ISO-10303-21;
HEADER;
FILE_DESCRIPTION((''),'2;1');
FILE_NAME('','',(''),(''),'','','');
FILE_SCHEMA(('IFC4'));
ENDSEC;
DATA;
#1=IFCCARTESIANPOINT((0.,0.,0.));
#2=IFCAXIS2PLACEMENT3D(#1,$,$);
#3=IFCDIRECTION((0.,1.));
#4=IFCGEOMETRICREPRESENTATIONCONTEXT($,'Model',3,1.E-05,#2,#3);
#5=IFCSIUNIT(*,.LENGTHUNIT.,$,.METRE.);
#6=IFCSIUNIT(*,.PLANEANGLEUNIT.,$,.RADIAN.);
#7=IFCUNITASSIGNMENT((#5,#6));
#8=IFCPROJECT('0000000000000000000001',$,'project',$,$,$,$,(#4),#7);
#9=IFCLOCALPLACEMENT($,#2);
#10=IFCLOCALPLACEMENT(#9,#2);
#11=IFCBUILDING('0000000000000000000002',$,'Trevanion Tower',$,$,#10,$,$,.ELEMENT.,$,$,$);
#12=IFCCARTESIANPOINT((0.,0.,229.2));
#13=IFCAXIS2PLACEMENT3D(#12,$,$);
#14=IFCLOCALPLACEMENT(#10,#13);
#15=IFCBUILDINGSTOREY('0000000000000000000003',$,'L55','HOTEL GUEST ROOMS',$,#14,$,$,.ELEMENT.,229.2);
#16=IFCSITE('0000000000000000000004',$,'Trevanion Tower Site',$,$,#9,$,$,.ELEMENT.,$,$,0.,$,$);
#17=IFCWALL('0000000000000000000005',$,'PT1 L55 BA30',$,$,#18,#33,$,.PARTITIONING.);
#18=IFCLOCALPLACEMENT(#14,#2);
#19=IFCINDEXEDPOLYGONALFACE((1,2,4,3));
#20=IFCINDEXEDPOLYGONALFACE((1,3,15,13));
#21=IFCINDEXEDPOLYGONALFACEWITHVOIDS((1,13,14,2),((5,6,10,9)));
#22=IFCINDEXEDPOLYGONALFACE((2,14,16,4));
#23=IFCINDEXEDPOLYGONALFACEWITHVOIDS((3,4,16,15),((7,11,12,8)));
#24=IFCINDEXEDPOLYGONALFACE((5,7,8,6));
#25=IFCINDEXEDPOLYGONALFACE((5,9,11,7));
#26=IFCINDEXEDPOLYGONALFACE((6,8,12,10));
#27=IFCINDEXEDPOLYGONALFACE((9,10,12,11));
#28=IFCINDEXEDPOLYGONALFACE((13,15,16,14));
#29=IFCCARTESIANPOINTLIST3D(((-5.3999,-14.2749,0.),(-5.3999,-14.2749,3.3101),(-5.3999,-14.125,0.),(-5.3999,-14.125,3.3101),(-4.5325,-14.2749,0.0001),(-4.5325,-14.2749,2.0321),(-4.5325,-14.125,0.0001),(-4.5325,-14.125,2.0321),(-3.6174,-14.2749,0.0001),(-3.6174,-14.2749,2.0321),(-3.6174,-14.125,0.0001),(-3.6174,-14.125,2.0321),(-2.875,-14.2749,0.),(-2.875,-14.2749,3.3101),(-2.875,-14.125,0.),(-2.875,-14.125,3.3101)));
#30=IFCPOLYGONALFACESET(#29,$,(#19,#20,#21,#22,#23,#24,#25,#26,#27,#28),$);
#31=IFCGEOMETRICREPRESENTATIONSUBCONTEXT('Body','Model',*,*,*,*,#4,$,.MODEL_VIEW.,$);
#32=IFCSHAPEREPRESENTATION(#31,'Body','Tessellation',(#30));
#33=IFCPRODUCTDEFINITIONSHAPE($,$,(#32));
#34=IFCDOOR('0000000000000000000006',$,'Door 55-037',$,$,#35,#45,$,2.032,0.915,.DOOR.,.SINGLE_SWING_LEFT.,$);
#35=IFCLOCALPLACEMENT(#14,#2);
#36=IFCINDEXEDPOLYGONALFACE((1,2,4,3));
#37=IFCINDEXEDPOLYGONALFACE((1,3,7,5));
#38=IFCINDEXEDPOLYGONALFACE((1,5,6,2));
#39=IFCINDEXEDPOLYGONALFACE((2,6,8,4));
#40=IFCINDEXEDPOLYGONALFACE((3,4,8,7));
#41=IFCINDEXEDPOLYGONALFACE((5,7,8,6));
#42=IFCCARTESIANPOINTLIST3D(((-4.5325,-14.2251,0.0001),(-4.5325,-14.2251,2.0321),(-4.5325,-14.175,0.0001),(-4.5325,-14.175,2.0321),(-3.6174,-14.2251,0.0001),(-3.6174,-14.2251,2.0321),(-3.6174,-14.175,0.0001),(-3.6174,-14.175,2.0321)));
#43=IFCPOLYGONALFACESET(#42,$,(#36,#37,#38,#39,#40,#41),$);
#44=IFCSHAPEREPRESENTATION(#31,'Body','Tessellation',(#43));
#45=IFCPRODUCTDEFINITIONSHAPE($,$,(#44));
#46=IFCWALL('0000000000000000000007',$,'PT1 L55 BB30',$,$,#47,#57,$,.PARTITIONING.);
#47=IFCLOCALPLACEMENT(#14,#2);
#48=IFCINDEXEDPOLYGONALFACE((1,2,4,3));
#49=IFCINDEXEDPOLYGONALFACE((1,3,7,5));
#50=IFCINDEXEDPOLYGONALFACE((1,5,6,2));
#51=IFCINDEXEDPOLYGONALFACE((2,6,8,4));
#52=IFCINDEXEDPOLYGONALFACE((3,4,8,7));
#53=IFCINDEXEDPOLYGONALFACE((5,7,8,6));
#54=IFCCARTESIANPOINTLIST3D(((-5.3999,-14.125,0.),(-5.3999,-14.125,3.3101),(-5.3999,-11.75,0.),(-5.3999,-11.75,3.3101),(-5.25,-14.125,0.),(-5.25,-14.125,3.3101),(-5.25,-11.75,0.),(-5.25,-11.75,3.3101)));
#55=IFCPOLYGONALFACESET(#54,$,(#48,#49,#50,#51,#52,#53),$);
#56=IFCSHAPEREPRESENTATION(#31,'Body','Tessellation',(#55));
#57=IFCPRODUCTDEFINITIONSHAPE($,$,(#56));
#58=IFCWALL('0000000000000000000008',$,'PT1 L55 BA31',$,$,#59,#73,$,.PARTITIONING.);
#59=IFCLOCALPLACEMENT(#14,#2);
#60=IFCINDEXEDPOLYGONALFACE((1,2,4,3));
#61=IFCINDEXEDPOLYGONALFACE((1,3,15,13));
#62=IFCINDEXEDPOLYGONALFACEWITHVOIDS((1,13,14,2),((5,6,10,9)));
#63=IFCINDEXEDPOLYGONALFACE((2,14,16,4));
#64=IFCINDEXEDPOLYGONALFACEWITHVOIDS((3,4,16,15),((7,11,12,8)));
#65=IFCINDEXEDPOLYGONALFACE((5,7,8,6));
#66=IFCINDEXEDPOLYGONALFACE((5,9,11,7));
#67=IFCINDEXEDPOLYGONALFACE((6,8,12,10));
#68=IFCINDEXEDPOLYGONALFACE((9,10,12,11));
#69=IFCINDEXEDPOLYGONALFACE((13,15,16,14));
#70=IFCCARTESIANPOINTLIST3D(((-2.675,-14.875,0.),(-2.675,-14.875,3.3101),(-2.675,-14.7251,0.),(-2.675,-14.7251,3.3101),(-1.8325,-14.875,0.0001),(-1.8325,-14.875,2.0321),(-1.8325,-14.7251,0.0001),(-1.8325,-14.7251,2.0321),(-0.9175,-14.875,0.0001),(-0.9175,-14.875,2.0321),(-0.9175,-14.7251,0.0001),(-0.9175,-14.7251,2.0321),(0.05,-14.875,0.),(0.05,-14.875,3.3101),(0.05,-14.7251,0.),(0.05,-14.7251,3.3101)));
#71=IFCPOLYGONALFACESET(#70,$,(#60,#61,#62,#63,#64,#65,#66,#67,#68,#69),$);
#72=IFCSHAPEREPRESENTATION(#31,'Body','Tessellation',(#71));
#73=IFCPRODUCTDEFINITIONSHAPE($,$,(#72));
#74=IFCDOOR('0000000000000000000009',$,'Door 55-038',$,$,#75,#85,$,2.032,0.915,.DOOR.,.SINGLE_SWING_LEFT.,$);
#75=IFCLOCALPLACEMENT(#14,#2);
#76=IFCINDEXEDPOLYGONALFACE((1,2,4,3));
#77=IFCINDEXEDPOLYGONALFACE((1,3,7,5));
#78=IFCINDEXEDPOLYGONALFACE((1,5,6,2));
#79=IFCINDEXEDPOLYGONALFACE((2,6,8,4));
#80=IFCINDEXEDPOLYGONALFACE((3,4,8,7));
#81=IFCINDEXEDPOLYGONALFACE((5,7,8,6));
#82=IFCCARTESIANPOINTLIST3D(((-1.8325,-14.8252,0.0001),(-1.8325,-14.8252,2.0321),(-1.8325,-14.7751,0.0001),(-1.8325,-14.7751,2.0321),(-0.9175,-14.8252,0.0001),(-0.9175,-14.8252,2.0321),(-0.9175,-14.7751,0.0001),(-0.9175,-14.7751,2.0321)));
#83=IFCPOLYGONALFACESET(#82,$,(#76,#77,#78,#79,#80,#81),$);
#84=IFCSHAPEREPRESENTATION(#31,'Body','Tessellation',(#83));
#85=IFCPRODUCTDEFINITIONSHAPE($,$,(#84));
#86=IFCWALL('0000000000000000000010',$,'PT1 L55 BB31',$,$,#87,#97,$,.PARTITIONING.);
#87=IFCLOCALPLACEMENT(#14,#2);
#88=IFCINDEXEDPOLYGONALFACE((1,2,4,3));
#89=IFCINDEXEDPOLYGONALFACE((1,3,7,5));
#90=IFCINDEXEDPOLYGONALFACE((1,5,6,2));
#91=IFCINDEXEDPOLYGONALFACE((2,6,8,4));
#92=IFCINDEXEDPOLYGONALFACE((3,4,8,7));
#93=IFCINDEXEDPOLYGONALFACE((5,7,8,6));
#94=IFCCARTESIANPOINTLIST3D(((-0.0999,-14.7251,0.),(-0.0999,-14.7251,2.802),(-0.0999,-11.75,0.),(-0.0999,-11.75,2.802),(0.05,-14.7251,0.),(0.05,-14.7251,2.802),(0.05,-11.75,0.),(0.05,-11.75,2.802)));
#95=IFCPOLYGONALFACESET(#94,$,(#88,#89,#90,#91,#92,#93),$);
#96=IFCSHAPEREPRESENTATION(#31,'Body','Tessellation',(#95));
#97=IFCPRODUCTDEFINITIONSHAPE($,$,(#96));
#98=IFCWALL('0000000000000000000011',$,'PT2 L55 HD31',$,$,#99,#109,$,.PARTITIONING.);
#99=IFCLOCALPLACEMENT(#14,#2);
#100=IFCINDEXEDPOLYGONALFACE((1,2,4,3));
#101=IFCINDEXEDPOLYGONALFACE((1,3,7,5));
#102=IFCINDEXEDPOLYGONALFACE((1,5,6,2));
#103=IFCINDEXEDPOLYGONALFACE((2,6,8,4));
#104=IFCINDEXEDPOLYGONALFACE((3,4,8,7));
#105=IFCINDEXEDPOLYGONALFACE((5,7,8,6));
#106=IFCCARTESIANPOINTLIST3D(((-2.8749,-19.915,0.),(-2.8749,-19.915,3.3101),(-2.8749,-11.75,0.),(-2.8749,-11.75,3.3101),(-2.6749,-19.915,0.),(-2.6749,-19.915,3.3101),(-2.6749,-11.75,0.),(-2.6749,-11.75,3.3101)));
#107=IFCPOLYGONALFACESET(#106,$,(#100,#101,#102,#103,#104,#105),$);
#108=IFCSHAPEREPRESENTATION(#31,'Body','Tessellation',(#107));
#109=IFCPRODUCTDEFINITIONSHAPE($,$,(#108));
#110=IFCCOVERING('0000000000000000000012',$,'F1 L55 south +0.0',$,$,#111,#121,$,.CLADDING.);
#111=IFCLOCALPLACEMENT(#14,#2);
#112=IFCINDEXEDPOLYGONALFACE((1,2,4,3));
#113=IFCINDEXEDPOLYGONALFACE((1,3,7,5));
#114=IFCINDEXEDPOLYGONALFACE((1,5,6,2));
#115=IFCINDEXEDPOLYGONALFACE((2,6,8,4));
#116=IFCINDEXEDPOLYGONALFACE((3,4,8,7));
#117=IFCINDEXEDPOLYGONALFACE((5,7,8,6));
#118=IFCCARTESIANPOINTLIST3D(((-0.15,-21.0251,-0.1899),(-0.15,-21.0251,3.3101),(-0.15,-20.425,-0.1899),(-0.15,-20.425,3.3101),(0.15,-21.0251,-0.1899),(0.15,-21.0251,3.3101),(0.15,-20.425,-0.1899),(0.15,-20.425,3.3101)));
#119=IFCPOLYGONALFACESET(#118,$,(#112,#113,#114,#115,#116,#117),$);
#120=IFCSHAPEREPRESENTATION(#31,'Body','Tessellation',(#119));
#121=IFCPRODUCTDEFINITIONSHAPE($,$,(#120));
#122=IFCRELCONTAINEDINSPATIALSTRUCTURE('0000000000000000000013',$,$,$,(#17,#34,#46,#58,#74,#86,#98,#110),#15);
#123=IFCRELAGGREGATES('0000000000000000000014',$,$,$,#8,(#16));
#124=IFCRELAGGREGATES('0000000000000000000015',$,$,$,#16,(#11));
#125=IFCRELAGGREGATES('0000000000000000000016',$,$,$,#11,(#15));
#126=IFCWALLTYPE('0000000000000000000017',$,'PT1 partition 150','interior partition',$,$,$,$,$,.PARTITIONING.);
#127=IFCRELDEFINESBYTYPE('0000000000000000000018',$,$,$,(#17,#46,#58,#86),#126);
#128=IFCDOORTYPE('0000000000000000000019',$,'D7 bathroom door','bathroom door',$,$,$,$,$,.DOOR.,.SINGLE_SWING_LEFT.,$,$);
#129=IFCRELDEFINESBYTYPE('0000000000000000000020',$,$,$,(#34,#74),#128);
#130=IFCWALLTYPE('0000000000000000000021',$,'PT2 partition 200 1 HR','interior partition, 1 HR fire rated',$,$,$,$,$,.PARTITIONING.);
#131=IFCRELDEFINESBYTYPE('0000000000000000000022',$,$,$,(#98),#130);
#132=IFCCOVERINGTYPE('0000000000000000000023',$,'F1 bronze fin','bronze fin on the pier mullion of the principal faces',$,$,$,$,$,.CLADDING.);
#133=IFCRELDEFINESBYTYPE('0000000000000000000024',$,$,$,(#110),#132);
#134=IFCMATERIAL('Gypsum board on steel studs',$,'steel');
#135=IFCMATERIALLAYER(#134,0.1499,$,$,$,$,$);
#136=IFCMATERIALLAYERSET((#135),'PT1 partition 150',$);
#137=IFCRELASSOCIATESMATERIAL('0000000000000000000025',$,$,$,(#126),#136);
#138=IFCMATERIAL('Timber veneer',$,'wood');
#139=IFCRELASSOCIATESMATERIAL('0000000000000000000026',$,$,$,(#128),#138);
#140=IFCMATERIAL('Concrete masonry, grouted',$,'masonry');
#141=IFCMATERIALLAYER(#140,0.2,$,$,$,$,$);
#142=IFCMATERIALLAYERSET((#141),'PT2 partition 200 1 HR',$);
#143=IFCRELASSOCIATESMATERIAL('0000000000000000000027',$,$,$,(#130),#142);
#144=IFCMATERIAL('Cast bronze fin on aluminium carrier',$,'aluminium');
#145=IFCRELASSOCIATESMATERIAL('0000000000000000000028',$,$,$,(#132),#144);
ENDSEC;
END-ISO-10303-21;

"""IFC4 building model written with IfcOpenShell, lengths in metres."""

from ifc_helpers import new_model, si_unit, direction, frame, frame_2d, origin, origin_2d, place, context, subcontext, project, spatial, rectangle, extrude, material, layer, layer_set, type_object, element, fill, save


model = new_model("IFC4")

# Units and contexts
model_context = context("Model", 3, precision=1e-05, world=origin(), true_north=direction((0.0, 1.0)))
body_context = subcontext(model_context, "Body", "Model", "MODEL_VIEW")
ifc_project = project(units=[si_unit("LENGTHUNIT", "METRE"), si_unit("PLANEANGLEUNIT", "RADIAN")], contexts=[model_context])

# Site, building, storey
site_placement = place(None, origin())
site = spatial("IfcSite", under=ifc_project, at=site_placement, Name="Trevanion Tower Site", CompositionType="ELEMENT", RefElevation=0.0)
building_placement = place(site_placement, origin())
building = spatial("IfcBuilding", under=site, at=building_placement, Name="Trevanion Tower", CompositionType="ELEMENT")
storey_placement = place(building_placement, frame((0.0, 0.0, 229.2)))
storey = spatial("IfcBuildingStorey", under=building, at=storey_placement, Name="L55", Description="HOTEL GUEST ROOMS", CompositionType="ELEMENT", Elevation=229.2)

# Wall, opening, door
ifc_material_1 = material(Name="Gypsum board on steel studs", Category="steel")
ifc_layer_1 = layer(ifc_material_1, 0.1499)
ifc_layer_set_1 = layer_set([ifc_layer_1], Name="PT1 partition 150")
wall_type_1 = type_object("IfcWallType", Name="PT1 partition 150", Description="interior partition", PredefinedType="PARTITIONING", material=ifc_layer_set_1)
wall_1_placement = place(storey_placement, frame((-5.3999, -14.2, 0.0), z_axis=(0.0, 0.0, 1.0), x_axis=(1.0, 0.0, 0.0)))
wall_1 = element("IfcWall", 1, at=wall_1_placement, inside=storey, type_object=wall_type_1, Name="PT1 L55 BA30", PredefinedType="PARTITIONING", context=body_context, shape_type="SweptSolid", body=[
    extrude(rectangle(XDim=2.5249, YDim=0.1499, at=frame_2d((1.2625, 0.0))), origin(), (0.0, 0.0, 1.0), 3.3101),
])
opening_1_placement = place(wall_1_placement, frame((0.8674, 0.0, 0.0)))
opening_1 = element("IfcOpeningElement", 2, at=opening_1_placement, cuts=wall_1, PredefinedType="OPENING", context=body_context, shape_type="SweptSolid", body=[
    extrude(rectangle(XDim=0.915, YDim=2.032, at=frame_2d((0.4575, 1.0161))), frame((0.0, 0.085, 0.0), z_axis=(0.0, -1.0, 0.0), x_axis=(1.0, 0.0, 0.0)), (0.0, 0.0, 1.0), 0.1699),
])
ifc_material_2 = material(Name="Timber veneer", Category="wood")
door_type = type_object("IfcDoorType", Name="D7 bathroom door", Description="bathroom door", OperationType="SINGLE_SWING_LEFT", PredefinedType="DOOR", material=ifc_material_2)
door_1_placement = place(opening_1_placement, origin())
door_1 = element("IfcDoor", 3, at=door_1_placement, inside=storey, type_object=door_type, Name="Door 55-037", OperationType="SINGLE_SWING_LEFT", OverallHeight=2.032, OverallWidth=0.915, PredefinedType="DOOR", context=body_context, shape_type="SweptSolid", body=[
    extrude(rectangle(XDim=0.915, YDim=2.032, at=frame_2d((0.4575, 1.0161))), frame((0.0, 0.0249, 0.0), z_axis=(0.0, -1.0, 0.0), x_axis=(1.0, 0.0, 0.0)), (0.0, 0.0, 1.0), 0.05),
])
fill(opening_1, door_1)

# Wall
wall_2_placement = place(storey_placement, frame((-5.325, -11.75, 0.0), z_axis=(0.0, 0.0, 1.0), x_axis=(0.0, -1.0, 0.0)))
element("IfcWall", 4, at=wall_2_placement, inside=storey, type_object=wall_type_1, Name="PT1 L55 BB30", PredefinedType="PARTITIONING", context=body_context, shape_type="SweptSolid", body=[
    extrude(rectangle(XDim=2.375, YDim=0.1499, at=frame_2d((1.1875, 0.0))), origin(), (0.0, 0.0, 1.0), 3.3101),
])

# Wall, opening, door
wall_3_placement = place(storey_placement, frame((-2.675, -14.8, 0.0), z_axis=(0.0, 0.0, 1.0), x_axis=(1.0, 0.0, 0.0)))
wall_3 = element("IfcWall", 5, at=wall_3_placement, inside=storey, type_object=wall_type_1, Name="PT1 L55 BA31", PredefinedType="PARTITIONING", context=body_context, shape_type="SweptSolid", body=[
    extrude(rectangle(XDim=2.7251, YDim=0.1499, at=frame_2d((1.3625, 0.0))), origin(), (0.0, 0.0, 1.0), 3.3101),
])
opening_2_placement = place(wall_3_placement, frame((0.8425, 0.0, 0.0)))
opening_2 = element("IfcOpeningElement", 6, at=opening_2_placement, cuts=wall_3, PredefinedType="OPENING", context=body_context, shape_type="SweptSolid", body=[
    extrude(rectangle(XDim=0.915, YDim=2.032, at=frame_2d((0.4575, 1.0161))), frame((0.0, 0.085, 0.0), z_axis=(0.0, -1.0, 0.0), x_axis=(1.0, 0.0, 0.0)), (0.0, 0.0, 1.0), 0.1699),
])
door_2_placement = place(opening_2_placement, origin())
door_2 = element("IfcDoor", 7, at=door_2_placement, inside=storey, type_object=door_type, Name="Door 55-038", OperationType="SINGLE_SWING_LEFT", OverallHeight=2.032, OverallWidth=0.915, PredefinedType="DOOR", context=body_context, shape_type="SweptSolid", body=[
    extrude(rectangle(XDim=0.915, YDim=2.032, at=frame_2d((0.4575, 1.0161))), frame((0.0, 0.0249, 0.0), z_axis=(0.0, -1.0, 0.0), x_axis=(1.0, 0.0, 0.0)), (0.0, 0.0, 1.0), 0.05),
])
fill(opening_2, door_2)

# Walls
wall_4_placement = place(storey_placement, frame((-0.0249, -11.75, 0.0), z_axis=(0.0, 0.0, 1.0), x_axis=(0.0, -1.0, 0.0)))
element("IfcWall", 8, at=wall_4_placement, inside=storey, type_object=wall_type_1, Name="PT1 L55 BB31", PredefinedType="PARTITIONING", context=body_context, shape_type="SweptSolid", body=[
    extrude(rectangle(XDim=2.9751, YDim=0.1499, at=frame_2d((1.4875, 0.0))), origin(), (0.0, 0.0, 1.0), 2.802),
])
ifc_material_3 = material(Name="Concrete masonry, grouted", Category="masonry")
ifc_layer_2 = layer(ifc_material_3, 0.2)
ifc_layer_set_2 = layer_set([ifc_layer_2], Name="PT2 partition 200 1 HR")
wall_type_2 = type_object("IfcWallType", Name="PT2 partition 200 1 HR", Description="interior partition, 1 HR fire rated", PredefinedType="PARTITIONING", material=ifc_layer_set_2)
wall_5_placement = place(storey_placement, frame((-2.7749, -11.75, 0.0), z_axis=(0.0, 0.0, 1.0), x_axis=(0.0, -1.0, 0.0)))
element("IfcWall", 9, at=wall_5_placement, inside=storey, type_object=wall_type_2, Name="PT2 L55 HD31", PredefinedType="PARTITIONING", context=body_context, shape_type="SweptSolid", body=[
    extrude(rectangle(XDim=8.165, YDim=0.2, at=frame_2d((4.0825, 0.0))), origin(), (0.0, 0.0, 1.0), 3.3101),
])

# Covering
ifc_material_4 = material(Name="Cast bronze fin on aluminium carrier", Category="aluminium")
covering_type = type_object("IfcCoveringType", Name="F1 bronze fin", Description="bronze fin on the pier mullion of the principal faces", PredefinedType="CLADDING", material=ifc_material_4)
covering_placement = place(storey_placement, frame((0.0, -20.7251, -0.1899), z_axis=(0.0, 0.0, 1.0), x_axis=(1.0, 0.0, 0.0)))
element("IfcCovering", 10, at=covering_placement, inside=storey, type_object=covering_type, Name="F1 L55 south +0.0", PredefinedType="CLADDING", context=body_context, shape_type="SweptSolid", body=[
    extrude(rectangle(XDim=0.3, YDim=0.6001, at=origin_2d()), origin(), (0.0, 0.0, 1.0), 3.5),
])

save(model, "model.ifc")
